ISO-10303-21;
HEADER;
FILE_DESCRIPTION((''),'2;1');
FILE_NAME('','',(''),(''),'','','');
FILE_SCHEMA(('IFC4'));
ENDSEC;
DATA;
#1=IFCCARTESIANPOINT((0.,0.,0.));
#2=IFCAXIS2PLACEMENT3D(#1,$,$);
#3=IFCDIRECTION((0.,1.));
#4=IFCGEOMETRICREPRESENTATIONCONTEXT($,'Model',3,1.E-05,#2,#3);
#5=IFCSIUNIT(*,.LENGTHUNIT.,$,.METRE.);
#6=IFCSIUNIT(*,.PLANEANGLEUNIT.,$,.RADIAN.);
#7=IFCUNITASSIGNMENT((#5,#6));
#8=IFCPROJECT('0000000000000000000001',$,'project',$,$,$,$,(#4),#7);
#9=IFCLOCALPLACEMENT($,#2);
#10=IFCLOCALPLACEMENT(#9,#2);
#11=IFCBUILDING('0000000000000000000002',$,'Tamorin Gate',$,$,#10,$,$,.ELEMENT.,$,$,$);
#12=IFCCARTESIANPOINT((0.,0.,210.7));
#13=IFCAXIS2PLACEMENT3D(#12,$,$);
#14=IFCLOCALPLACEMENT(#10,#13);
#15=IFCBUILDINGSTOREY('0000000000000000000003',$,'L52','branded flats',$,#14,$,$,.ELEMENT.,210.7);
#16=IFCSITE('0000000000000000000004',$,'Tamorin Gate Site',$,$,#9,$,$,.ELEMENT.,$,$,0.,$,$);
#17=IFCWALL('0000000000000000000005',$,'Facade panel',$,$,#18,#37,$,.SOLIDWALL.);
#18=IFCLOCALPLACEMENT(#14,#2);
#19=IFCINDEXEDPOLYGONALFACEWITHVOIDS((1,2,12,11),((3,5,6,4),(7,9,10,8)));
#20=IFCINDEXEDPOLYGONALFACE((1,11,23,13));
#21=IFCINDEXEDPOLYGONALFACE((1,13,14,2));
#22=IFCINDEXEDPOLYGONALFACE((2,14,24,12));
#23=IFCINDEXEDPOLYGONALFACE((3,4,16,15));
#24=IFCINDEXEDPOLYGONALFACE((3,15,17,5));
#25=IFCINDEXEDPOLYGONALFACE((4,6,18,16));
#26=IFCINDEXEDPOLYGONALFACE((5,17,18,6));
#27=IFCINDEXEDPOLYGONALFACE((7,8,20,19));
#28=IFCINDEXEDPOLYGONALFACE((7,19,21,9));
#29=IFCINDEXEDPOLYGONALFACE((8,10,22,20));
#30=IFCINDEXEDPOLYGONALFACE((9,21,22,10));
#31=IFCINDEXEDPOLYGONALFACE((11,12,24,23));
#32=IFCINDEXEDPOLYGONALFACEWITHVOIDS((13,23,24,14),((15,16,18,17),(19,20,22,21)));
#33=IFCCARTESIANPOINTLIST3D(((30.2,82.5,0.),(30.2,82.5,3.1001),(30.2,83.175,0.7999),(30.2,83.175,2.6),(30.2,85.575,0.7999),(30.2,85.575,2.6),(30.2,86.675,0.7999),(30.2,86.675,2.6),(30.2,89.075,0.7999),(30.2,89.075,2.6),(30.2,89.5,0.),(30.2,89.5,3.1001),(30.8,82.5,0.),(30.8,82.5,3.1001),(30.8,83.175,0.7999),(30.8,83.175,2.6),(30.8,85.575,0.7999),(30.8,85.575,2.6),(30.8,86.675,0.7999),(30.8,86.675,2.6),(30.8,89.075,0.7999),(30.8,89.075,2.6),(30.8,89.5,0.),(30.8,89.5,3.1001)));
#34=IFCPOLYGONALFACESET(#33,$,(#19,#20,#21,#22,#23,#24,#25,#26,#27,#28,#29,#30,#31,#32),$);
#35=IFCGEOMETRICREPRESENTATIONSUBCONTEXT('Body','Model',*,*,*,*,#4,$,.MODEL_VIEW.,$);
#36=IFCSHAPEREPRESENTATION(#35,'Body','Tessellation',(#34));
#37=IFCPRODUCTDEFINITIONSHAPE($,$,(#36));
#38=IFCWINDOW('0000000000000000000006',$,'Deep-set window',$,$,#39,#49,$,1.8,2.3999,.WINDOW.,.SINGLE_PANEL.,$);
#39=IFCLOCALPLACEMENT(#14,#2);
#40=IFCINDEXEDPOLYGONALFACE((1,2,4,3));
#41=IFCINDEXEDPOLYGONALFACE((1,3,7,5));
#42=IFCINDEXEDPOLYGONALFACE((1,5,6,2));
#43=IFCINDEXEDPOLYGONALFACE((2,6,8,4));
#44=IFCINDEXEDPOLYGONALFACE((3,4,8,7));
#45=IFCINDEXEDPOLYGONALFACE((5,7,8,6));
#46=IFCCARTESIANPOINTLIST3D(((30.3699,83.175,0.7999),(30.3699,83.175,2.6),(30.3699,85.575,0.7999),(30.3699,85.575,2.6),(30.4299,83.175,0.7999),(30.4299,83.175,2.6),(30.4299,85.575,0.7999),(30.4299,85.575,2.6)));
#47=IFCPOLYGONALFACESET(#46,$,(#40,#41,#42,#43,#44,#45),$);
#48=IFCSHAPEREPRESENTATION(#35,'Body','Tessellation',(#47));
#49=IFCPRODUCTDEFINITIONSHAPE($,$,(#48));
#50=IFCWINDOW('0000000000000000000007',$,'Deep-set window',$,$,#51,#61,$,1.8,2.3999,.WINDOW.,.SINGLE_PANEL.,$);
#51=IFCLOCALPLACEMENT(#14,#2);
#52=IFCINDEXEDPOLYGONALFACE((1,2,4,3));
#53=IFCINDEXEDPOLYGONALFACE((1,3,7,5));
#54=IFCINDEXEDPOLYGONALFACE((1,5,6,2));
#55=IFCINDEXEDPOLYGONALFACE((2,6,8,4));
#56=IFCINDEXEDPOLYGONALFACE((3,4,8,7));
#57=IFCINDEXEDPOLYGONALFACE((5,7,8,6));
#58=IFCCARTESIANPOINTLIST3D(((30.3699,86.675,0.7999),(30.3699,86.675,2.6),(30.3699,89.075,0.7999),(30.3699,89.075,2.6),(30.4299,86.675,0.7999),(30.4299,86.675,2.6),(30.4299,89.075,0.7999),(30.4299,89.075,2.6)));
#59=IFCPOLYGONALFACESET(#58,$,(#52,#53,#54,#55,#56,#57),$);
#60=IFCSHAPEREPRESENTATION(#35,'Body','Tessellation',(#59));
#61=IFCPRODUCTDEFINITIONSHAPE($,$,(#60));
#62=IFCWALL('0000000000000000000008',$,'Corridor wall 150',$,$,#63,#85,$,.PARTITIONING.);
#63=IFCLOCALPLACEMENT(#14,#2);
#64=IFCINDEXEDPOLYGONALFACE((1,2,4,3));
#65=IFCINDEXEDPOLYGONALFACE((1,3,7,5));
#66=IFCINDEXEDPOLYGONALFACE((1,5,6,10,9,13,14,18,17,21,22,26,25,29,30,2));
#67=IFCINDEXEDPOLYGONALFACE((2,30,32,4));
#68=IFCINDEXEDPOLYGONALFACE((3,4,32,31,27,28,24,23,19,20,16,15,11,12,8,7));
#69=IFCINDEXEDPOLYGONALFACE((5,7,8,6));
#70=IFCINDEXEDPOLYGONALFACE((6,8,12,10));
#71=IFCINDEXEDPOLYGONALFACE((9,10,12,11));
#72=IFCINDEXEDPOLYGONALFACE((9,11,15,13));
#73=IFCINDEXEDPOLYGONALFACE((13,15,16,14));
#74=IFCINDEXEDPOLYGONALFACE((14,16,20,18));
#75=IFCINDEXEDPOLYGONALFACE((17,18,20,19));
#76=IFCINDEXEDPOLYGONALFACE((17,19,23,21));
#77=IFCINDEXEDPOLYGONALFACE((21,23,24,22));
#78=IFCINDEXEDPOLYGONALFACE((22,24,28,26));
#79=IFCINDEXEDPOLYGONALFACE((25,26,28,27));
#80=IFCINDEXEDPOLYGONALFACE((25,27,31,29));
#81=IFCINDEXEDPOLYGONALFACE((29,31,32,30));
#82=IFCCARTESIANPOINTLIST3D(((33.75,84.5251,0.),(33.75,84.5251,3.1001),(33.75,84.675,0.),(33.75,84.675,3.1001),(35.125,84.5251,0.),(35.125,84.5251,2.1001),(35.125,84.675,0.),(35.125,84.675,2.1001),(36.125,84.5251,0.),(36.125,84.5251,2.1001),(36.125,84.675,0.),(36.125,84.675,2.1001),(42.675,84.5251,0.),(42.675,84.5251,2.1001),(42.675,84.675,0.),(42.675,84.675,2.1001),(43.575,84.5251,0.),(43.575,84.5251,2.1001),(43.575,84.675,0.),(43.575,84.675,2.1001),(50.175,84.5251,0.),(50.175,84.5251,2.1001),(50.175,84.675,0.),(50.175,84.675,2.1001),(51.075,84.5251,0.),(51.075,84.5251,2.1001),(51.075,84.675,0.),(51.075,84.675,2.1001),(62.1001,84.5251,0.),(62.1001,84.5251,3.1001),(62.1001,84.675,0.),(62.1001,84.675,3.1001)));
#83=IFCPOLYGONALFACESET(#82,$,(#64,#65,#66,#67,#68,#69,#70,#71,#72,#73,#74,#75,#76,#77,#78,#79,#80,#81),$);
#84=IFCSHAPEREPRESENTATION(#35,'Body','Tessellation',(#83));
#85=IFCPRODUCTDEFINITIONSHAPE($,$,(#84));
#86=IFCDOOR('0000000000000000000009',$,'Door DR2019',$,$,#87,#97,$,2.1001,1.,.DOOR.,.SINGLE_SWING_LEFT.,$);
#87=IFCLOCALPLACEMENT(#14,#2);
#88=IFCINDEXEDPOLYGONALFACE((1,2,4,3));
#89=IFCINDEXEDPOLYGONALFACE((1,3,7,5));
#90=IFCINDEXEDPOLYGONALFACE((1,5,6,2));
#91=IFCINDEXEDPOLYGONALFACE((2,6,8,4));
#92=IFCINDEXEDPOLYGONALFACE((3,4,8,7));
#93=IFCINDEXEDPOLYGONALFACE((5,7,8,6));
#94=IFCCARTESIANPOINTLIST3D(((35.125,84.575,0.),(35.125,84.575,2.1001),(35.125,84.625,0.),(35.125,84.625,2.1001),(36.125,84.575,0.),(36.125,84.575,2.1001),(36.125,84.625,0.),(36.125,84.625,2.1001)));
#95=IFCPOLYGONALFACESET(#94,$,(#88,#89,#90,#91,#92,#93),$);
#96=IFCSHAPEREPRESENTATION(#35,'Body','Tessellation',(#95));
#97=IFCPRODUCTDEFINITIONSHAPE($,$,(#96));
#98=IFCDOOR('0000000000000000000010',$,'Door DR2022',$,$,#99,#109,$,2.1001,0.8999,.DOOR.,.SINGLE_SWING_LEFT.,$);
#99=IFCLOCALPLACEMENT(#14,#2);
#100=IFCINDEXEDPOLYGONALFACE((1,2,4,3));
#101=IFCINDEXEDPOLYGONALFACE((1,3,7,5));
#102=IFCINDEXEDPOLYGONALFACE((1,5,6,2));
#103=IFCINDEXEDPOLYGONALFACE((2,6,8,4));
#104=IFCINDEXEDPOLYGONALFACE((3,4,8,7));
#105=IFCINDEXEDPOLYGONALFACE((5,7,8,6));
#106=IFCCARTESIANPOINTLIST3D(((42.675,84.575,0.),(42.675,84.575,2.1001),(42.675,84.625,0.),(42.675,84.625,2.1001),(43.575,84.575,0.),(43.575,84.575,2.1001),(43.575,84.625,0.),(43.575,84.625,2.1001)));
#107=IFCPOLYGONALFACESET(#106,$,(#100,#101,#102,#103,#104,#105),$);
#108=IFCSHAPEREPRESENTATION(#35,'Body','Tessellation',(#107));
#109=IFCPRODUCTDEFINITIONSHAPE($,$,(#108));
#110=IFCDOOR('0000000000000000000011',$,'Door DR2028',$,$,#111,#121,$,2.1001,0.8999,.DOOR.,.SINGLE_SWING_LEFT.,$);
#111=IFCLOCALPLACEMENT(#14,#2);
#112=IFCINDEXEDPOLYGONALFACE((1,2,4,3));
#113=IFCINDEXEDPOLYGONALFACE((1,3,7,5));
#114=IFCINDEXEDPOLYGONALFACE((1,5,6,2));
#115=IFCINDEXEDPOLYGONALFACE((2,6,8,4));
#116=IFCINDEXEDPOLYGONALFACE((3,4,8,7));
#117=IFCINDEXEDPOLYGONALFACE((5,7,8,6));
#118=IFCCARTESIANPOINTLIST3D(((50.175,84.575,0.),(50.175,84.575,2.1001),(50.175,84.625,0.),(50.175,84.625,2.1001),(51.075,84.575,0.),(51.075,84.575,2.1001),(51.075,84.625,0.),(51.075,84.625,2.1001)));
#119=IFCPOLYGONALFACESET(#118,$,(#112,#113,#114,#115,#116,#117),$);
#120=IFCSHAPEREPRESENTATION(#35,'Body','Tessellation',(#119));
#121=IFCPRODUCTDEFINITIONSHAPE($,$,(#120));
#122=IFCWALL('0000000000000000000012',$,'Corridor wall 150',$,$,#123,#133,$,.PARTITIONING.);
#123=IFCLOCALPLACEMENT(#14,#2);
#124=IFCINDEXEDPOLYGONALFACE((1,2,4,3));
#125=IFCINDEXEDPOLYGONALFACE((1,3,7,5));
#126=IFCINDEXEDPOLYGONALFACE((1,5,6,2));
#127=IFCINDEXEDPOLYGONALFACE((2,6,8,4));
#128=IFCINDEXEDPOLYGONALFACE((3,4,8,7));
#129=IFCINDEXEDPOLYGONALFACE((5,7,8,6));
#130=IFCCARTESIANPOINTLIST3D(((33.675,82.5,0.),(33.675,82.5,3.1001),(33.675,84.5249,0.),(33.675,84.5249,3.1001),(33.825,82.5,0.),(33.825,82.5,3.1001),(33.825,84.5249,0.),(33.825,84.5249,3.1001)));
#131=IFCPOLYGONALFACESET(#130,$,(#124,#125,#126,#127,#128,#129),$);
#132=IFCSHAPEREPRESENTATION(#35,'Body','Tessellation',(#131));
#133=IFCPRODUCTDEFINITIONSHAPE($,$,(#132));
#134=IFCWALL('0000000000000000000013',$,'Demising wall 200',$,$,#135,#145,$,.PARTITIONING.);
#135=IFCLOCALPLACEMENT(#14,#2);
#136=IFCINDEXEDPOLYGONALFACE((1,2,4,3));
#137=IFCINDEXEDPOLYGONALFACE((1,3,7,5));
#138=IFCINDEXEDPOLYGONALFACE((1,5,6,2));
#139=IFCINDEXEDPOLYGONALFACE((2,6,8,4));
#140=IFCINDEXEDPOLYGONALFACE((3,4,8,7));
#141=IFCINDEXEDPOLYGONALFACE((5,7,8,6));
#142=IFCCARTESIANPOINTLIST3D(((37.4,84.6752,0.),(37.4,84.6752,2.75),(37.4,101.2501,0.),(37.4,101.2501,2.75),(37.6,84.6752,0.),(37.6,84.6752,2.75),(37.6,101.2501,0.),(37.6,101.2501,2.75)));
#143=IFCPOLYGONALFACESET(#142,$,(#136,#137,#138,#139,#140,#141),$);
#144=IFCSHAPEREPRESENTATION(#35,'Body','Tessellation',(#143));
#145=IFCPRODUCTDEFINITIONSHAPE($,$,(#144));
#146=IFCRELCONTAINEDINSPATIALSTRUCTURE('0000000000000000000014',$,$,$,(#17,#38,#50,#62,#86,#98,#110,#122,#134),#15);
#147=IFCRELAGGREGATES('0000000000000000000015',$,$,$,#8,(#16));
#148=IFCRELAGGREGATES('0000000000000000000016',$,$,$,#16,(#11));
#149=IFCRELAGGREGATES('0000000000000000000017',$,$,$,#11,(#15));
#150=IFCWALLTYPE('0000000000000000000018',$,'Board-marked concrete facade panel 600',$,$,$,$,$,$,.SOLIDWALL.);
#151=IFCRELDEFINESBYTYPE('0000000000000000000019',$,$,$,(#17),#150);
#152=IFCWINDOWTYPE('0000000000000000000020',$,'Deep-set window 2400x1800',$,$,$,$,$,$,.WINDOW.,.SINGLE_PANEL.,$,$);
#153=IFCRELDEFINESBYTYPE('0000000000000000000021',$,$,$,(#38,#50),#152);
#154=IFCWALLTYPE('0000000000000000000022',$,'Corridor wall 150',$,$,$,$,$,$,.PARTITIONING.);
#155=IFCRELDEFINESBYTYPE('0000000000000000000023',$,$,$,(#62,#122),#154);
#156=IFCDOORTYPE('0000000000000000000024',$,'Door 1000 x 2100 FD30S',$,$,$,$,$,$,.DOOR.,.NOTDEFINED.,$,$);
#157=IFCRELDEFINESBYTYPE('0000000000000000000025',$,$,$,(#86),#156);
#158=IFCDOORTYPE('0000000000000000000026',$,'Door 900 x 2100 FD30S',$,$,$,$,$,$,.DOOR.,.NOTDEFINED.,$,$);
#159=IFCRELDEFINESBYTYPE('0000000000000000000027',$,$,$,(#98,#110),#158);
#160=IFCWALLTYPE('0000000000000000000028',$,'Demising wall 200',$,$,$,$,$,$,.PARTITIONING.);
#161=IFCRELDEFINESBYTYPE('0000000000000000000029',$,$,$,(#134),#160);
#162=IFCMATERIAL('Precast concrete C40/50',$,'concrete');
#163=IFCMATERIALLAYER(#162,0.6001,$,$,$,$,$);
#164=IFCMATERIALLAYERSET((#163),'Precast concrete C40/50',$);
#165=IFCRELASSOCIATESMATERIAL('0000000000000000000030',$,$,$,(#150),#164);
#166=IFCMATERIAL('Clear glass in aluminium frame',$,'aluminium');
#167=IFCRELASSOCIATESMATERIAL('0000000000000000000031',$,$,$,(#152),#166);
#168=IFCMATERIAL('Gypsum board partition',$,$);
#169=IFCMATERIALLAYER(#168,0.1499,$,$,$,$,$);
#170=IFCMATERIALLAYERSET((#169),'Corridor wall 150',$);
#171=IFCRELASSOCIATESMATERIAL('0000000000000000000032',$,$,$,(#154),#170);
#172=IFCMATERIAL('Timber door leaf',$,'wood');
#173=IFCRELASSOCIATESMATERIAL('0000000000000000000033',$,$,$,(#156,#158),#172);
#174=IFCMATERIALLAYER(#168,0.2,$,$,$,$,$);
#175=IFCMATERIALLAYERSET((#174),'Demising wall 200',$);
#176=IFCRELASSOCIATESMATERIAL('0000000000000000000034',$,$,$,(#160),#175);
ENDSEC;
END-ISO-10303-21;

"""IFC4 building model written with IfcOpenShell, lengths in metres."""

from ifc_helpers import new_model, si_unit, direction, frame, frame_2d, origin, place, context, subcontext, project, spatial, rectangle, extrude, material, layer, layer_set, type_object, element, fill, save


model = new_model("IFC4")

# Units and contexts
model_context = context("Model", 3, precision=1e-05, world=origin(), true_north=direction((0.0, 1.0)))
body_context = subcontext(model_context, "Body", "Model", "MODEL_VIEW")
ifc_project = project(units=[si_unit("LENGTHUNIT", "METRE"), si_unit("PLANEANGLEUNIT", "RADIAN")], contexts=[model_context])

# Site, building, storey
site_placement = place(None, origin())
site = spatial("IfcSite", under=ifc_project, at=site_placement, Name="Tamorin Gate Site", CompositionType="ELEMENT", RefElevation=0.0)
building_placement = place(site_placement, origin())
building = spatial("IfcBuilding", under=site, at=building_placement, Name="Tamorin Gate", CompositionType="ELEMENT")
storey_placement = place(building_placement, frame((0.0, 0.0, 210.7)))
storey = spatial("IfcBuildingStorey", under=building, at=storey_placement, Name="L52", Description="branded flats", CompositionType="ELEMENT", Elevation=210.7)

# Wall, openings, windows
ifc_material_1 = material(Name="Precast concrete C40/50", Category="concrete")
ifc_layer_1 = layer(ifc_material_1, 0.6001)
ifc_layer_set_1 = layer_set([ifc_layer_1], Name="Precast concrete C40/50")
wall_type_1 = type_object("IfcWallType", Name="Board-marked concrete facade panel 600", PredefinedType="SOLIDWALL", material=ifc_layer_set_1)
wall_1_placement = place(storey_placement, frame((30.5, 89.5, 0.0), z_axis=(0.0, 0.0, 1.0), x_axis=(0.0, -1.0, 0.0)))
wall_1 = element("IfcWall", 1, at=wall_1_placement, inside=storey, type_object=wall_type_1, Name="Facade panel", PredefinedType="SOLIDWALL", context=body_context, shape_type="SweptSolid", body=[
    extrude(rectangle(XDim=7.0, YDim=0.6001, at=frame_2d((3.5, 0.0))), origin(), (0.0, 0.0, 1.0), 3.1001),
])
opening_1_placement = place(wall_1_placement, frame((3.925, 0.0, 0.8)))
opening_1 = element("IfcOpeningElement", 2, at=opening_1_placement, cuts=wall_1, PredefinedType="OPENING", context=body_context, shape_type="SweptSolid", body=[
    extrude(rectangle(XDim=2.3999, YDim=1.8, at=frame_2d((1.2, 0.8999))), frame((0.0, 0.3101, 0.0), z_axis=(0.0, -1.0, 0.0), x_axis=(1.0, 0.0, 0.0)), (0.0, 0.0, 1.0), 0.6201),
])
opening_2_placement = place(wall_1_placement, frame((0.425, 0.0, 0.8)))
opening_2 = element("IfcOpeningElement", 3, at=opening_2_placement, cuts=wall_1, PredefinedType="OPENING", context=body_context, shape_type="SweptSolid", body=[
    extrude(rectangle(XDim=2.3999, YDim=1.8, at=frame_2d((1.2, 0.8999))), frame((0.0, 0.3101, 0.0), z_axis=(0.0, -1.0, 0.0), x_axis=(1.0, 0.0, 0.0)), (0.0, 0.0, 1.0), 0.6201),
])
ifc_material_2 = material(Name="Clear glass in aluminium frame", Category="aluminium")
window_type = type_object("IfcWindowType", Name="Deep-set window 2400x1800", PartitioningType="SINGLE_PANEL", PredefinedType="WINDOW", material=ifc_material_2)
window_1_placement = place(opening_1_placement, origin())
window_1 = element("IfcWindow", 4, at=window_1_placement, inside=storey, type_object=window_type, Name="Deep-set window", OverallHeight=1.8, OverallWidth=2.3999, PartitioningType="SINGLE_PANEL", PredefinedType="WINDOW", context=body_context, shape_type="SweptSolid", body=[
    extrude(rectangle(XDim=2.3999, YDim=1.8, at=frame_2d((1.2, 0.8999))), frame((0.0, -0.0701, 0.0), z_axis=(0.0, -1.0, 0.0), x_axis=(1.0, 0.0, 0.0)), (0.0, 0.0, 1.0), 0.0601),
])
fill(opening_1, window_1)
window_2_placement = place(opening_2_placement, origin())
window_2 = element("IfcWindow", 5, at=window_2_placement, inside=storey, type_object=window_type, Name="Deep-set window", OverallHeight=1.8, OverallWidth=2.3999, PartitioningType="SINGLE_PANEL", PredefinedType="WINDOW", context=body_context, shape_type="SweptSolid", body=[
    extrude(rectangle(XDim=2.3999, YDim=1.8, at=frame_2d((1.2, 0.8999))), frame((0.0, -0.0701, 0.0), z_axis=(0.0, -1.0, 0.0), x_axis=(1.0, 0.0, 0.0)), (0.0, 0.0, 1.0), 0.0601),
])
fill(opening_2, window_2)

# Wall, openings, doors
ifc_material_3 = material(Name="Gypsum board partition")
ifc_layer_2 = layer(ifc_material_3, 0.1499)
ifc_layer_set_2 = layer_set([ifc_layer_2], Name="Corridor wall 150")
wall_type_2 = type_object("IfcWallType", Name="Corridor wall 150", PredefinedType="PARTITIONING", material=ifc_layer_set_2)
wall_2_placement = place(storey_placement, frame((33.75, 84.6001, 0.0), z_axis=(0.0, 0.0, 1.0), x_axis=(1.0, 0.0, 0.0)))
wall_2 = element("IfcWall", 6, at=wall_2_placement, inside=storey, type_object=wall_type_2, Name="Corridor wall 150", PredefinedType="PARTITIONING", context=body_context, shape_type="SweptSolid", body=[
    extrude(rectangle(XDim=28.3501, YDim=0.1499, at=frame_2d((14.175, 0.0))), origin(), (0.0, 0.0, 1.0), 3.1001),
])
opening_3_placement = place(wall_2_placement, frame((1.375, 0.0, 0.0)))
opening_3 = element("IfcOpeningElement", 7, at=opening_3_placement, cuts=wall_2, PredefinedType="OPENING", context=body_context, shape_type="SweptSolid", body=[
    extrude(rectangle(XDim=1.0, YDim=2.1001, at=frame_2d((0.5, 1.05))), frame((0.0, 0.085, 0.0), z_axis=(0.0, -1.0, 0.0), x_axis=(1.0, 0.0, 0.0)), (0.0, 0.0, 1.0), 0.1699),
])
opening_4_placement = place(wall_2_placement, frame((8.925, 0.0, 0.0)))
opening_4 = element("IfcOpeningElement", 8, at=opening_4_placement, cuts=wall_2, PredefinedType="OPENING", context=body_context, shape_type="SweptSolid", body=[
    extrude(rectangle(XDim=0.8999, YDim=2.1001, at=frame_2d((0.45, 1.05))), frame((0.0, 0.085, 0.0), z_axis=(0.0, -1.0, 0.0), x_axis=(1.0, 0.0, 0.0)), (0.0, 0.0, 1.0), 0.1699),
])
opening_5_placement = place(wall_2_placement, frame((16.425, 0.0, 0.0)))
opening_5 = element("IfcOpeningElement", 9, at=opening_5_placement, cuts=wall_2, PredefinedType="OPENING", context=body_context, shape_type="SweptSolid", body=[
    extrude(rectangle(XDim=0.8999, YDim=2.1001, at=frame_2d((0.45, 1.05))), frame((0.0, 0.085, 0.0), z_axis=(0.0, -1.0, 0.0), x_axis=(1.0, 0.0, 0.0)), (0.0, 0.0, 1.0), 0.1699),
])
ifc_material_4 = material(Name="Timber door leaf", Category="wood")
door_type_1 = type_object("IfcDoorType", Name="Door 1000 x 2100 FD30S", OperationType="NOTDEFINED", PredefinedType="DOOR", material=ifc_material_4)
door_1_placement = place(opening_3_placement, origin())
door_1 = element("IfcDoor", 10, at=door_1_placement, inside=storey, type_object=door_type_1, Name="Door DR2019", OperationType="SINGLE_SWING_LEFT", OverallHeight=2.1001, OverallWidth=1.0, PredefinedType="DOOR", context=body_context, shape_type="SweptSolid", body=[
    extrude(rectangle(XDim=1.0, YDim=2.1001, at=frame_2d((0.5, 1.05))), frame((0.0, 0.0249, 0.0), z_axis=(0.0, -1.0, 0.0), x_axis=(1.0, 0.0, 0.0)), (0.0, 0.0, 1.0), 0.05),
])
fill(opening_3, door_1)
door_type_2 = type_object("IfcDoorType", Name="Door 900 x 2100 FD30S", OperationType="NOTDEFINED", PredefinedType="DOOR", material=ifc_material_4)
door_2_placement = place(opening_4_placement, origin())
door_2 = element("IfcDoor", 11, at=door_2_placement, inside=storey, type_object=door_type_2, Name="Door DR2022", OperationType="SINGLE_SWING_LEFT", OverallHeight=2.1001, OverallWidth=0.8999, PredefinedType="DOOR", context=body_context, shape_type="SweptSolid", body=[
    extrude(rectangle(XDim=0.8999, YDim=2.1001, at=frame_2d((0.45, 1.05))), frame((0.0, 0.0249, 0.0), z_axis=(0.0, -1.0, 0.0), x_axis=(1.0, 0.0, 0.0)), (0.0, 0.0, 1.0), 0.05),
])
fill(opening_4, door_2)
door_3_placement = place(opening_5_placement, origin())
door_3 = element("IfcDoor", 12, at=door_3_placement, inside=storey, type_object=door_type_2, Name="Door DR2028", OperationType="SINGLE_SWING_LEFT", OverallHeight=2.1001, OverallWidth=0.8999, PredefinedType="DOOR", context=body_context, shape_type="SweptSolid", body=[
    extrude(rectangle(XDim=0.8999, YDim=2.1001, at=frame_2d((0.45, 1.05))), frame((0.0, 0.0249, 0.0), z_axis=(0.0, -1.0, 0.0), x_axis=(1.0, 0.0, 0.0)), (0.0, 0.0, 1.0), 0.05),
])
fill(opening_5, door_3)

# Walls
wall_3_placement = place(storey_placement, frame((33.75, 82.5, 0.0), z_axis=(0.0, 0.0, 1.0), x_axis=(0.0, 1.0, 0.0)))
element("IfcWall", 13, at=wall_3_placement, inside=storey, type_object=wall_type_2, Name="Corridor wall 150", PredefinedType="PARTITIONING", context=body_context, shape_type="SweptSolid", body=[
    extrude(rectangle(XDim=2.0249, YDim=0.1499, at=frame_2d((1.0125, 0.0))), origin(), (0.0, 0.0, 1.0), 3.1001),
])
ifc_layer_3 = layer(ifc_material_3, 0.2)
ifc_layer_set_3 = layer_set([ifc_layer_3], Name="Demising wall 200")
wall_type_3 = type_object("IfcWallType", Name="Demising wall 200", PredefinedType="PARTITIONING", material=ifc_layer_set_3)
wall_4_placement = place(storey_placement, frame((37.5, 84.675, 0.0), z_axis=(0.0, 0.0, 1.0), x_axis=(0.0, 1.0, 0.0)))
element("IfcWall", 14, at=wall_4_placement, inside=storey, type_object=wall_type_3, Name="Demising wall 200", PredefinedType="PARTITIONING", context=body_context, shape_type="SweptSolid", body=[
    extrude(rectangle(XDim=16.575, YDim=0.2, at=frame_2d((8.2876, 0.0))), origin(), (0.0, 0.0, 1.0), 2.75),
])

save(model, "model.ifc")
